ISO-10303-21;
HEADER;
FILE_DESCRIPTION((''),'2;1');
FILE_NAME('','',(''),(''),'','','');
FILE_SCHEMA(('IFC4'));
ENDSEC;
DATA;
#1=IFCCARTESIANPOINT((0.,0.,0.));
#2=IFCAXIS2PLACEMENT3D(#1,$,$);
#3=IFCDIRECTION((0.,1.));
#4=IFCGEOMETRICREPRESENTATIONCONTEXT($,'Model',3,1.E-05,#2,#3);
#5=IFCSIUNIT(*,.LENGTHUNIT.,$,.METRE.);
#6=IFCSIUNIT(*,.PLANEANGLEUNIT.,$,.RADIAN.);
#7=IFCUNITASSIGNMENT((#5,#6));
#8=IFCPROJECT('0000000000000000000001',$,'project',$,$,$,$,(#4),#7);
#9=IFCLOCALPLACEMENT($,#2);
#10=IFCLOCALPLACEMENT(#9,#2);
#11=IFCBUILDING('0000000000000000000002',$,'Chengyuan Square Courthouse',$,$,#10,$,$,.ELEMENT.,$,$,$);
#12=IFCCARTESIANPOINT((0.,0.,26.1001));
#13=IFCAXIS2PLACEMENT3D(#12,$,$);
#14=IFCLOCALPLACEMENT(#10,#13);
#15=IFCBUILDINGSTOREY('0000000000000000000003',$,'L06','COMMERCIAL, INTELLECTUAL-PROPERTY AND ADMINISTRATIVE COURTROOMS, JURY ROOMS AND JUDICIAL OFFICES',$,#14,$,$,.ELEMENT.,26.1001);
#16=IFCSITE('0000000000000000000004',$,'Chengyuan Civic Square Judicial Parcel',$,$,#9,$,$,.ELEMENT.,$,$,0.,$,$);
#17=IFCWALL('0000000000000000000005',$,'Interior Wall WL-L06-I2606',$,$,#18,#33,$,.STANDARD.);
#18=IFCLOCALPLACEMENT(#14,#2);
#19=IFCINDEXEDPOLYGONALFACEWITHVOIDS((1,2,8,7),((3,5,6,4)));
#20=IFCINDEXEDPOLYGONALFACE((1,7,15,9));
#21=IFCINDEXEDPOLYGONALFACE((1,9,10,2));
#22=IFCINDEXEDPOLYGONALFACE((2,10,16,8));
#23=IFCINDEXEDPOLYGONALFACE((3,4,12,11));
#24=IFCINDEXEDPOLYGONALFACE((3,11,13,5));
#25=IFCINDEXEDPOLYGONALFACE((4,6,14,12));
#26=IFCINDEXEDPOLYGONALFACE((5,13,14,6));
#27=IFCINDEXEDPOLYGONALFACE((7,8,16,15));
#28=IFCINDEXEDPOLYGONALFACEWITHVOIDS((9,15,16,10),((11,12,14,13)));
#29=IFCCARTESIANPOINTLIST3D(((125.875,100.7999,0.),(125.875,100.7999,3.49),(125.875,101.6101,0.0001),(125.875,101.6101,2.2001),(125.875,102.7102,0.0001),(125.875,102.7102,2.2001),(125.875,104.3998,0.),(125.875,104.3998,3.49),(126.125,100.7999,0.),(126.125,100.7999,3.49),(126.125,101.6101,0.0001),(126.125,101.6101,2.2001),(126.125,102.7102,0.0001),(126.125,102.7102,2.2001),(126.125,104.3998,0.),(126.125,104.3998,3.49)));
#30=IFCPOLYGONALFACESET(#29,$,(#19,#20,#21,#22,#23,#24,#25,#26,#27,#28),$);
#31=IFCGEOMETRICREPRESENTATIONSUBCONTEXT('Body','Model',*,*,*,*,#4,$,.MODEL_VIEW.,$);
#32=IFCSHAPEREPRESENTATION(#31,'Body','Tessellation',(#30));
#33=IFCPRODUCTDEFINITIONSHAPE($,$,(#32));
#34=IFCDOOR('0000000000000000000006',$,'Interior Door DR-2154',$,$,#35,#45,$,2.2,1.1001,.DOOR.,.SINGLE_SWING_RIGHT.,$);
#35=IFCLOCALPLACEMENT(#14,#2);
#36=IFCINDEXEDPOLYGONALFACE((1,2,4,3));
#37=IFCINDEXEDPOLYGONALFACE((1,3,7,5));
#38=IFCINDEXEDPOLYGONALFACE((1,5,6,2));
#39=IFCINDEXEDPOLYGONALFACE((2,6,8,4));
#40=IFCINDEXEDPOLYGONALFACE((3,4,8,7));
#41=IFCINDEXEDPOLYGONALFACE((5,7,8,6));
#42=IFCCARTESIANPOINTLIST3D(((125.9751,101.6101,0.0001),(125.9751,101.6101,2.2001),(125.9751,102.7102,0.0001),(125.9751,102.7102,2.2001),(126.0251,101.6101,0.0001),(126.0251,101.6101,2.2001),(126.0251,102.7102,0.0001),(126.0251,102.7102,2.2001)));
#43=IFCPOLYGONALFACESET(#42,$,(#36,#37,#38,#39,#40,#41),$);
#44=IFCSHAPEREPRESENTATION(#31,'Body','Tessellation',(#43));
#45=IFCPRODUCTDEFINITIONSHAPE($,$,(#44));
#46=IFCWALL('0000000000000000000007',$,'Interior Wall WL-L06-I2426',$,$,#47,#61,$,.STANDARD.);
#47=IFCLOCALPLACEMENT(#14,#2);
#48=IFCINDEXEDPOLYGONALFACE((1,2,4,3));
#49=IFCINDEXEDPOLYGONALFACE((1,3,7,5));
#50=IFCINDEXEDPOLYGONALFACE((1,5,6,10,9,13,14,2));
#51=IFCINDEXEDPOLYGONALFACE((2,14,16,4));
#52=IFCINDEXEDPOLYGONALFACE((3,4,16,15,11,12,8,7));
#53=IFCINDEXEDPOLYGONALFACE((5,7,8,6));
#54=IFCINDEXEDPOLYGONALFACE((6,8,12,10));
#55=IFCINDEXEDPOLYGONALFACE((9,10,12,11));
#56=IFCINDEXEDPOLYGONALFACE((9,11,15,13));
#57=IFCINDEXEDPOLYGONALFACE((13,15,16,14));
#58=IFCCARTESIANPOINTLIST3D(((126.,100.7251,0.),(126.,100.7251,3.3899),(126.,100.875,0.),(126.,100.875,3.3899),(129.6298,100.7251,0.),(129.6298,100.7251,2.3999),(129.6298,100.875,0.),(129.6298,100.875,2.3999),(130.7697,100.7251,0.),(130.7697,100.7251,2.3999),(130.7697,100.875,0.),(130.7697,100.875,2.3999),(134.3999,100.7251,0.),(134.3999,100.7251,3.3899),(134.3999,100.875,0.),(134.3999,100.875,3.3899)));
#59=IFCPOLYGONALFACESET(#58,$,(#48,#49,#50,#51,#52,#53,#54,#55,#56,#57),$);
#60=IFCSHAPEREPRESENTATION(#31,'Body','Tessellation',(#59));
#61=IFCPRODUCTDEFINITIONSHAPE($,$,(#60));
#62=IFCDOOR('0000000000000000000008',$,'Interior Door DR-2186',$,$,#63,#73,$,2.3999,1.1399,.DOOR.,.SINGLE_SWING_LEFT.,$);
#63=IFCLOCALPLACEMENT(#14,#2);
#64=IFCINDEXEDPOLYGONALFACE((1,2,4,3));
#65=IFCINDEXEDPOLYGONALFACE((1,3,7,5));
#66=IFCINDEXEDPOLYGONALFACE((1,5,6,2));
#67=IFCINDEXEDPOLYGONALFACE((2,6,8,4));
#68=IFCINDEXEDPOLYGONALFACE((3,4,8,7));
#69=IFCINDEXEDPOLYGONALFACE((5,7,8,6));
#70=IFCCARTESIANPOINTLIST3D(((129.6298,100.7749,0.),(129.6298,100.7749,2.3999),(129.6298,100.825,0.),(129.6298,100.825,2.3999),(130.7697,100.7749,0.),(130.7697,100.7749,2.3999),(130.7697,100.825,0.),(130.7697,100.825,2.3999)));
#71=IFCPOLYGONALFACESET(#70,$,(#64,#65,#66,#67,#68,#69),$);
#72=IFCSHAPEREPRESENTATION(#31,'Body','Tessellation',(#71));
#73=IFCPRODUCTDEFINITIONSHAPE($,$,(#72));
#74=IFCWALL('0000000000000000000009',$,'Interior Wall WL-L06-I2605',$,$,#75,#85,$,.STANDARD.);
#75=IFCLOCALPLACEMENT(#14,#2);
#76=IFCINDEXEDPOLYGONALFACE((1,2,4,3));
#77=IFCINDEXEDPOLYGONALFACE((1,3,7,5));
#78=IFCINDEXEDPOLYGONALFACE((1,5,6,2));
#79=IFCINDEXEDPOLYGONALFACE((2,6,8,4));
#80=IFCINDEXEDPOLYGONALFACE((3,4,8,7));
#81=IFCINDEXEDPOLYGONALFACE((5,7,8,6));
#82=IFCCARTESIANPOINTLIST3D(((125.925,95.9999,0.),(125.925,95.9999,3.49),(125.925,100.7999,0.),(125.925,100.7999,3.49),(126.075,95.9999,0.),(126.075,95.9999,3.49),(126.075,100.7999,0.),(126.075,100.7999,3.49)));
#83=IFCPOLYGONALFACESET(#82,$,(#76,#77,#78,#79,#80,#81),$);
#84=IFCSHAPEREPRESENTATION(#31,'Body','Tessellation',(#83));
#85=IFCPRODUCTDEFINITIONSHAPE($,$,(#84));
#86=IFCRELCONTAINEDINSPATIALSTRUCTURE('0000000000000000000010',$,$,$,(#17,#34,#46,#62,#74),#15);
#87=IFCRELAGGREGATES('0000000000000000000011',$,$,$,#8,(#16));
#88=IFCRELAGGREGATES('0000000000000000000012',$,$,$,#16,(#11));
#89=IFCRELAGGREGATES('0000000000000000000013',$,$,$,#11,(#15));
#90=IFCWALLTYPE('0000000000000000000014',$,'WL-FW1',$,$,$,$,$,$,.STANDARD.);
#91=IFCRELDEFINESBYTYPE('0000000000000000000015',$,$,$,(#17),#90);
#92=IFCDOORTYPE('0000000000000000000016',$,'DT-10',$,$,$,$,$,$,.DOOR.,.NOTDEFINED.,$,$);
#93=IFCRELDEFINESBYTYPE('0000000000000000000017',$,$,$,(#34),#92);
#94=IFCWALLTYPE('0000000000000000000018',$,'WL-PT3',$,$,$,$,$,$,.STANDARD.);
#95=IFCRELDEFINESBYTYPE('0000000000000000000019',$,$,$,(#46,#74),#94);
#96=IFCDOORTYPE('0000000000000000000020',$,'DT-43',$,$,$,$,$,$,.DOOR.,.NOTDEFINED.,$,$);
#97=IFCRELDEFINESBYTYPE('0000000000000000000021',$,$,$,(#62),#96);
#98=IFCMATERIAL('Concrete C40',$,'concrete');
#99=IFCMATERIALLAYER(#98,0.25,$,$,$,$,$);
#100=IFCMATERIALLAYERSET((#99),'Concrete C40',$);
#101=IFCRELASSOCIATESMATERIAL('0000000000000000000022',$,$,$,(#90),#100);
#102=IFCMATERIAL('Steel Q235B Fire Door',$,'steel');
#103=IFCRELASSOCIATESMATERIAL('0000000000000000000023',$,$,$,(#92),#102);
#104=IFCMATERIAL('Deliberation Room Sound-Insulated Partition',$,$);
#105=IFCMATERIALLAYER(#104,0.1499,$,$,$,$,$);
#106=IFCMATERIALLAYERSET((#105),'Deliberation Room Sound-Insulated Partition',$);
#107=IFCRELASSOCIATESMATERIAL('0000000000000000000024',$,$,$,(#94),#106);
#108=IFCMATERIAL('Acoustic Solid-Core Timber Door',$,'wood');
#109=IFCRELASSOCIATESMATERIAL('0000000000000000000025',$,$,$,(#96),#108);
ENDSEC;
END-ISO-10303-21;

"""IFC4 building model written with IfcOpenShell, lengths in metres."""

from ifc_helpers import new_model, si_unit, direction, frame, frame_2d, origin, place, context, subcontext, project, spatial, rectangle, extrude, material, layer, layer_set, type_object, element, fill, save


model = new_model("IFC4")

# Units and contexts
model_context = context("Model", 3, precision=1e-05, world=origin(), true_north=direction((0.0, 1.0)))
body_context = subcontext(model_context, "Body", "Model", "MODEL_VIEW")
ifc_project = project(units=[si_unit("LENGTHUNIT", "METRE"), si_unit("PLANEANGLEUNIT", "RADIAN")], contexts=[model_context])

# Site, building, storey
site_placement = place(None, origin())
site = spatial("IfcSite", under=ifc_project, at=site_placement, Name="Chengyuan Civic Square Judicial Parcel", CompositionType="ELEMENT", RefElevation=0.0)
building_placement = place(site_placement, origin())
building = spatial("IfcBuilding", under=site, at=building_placement, Name="Chengyuan Square Courthouse", CompositionType="ELEMENT")
storey_placement = place(building_placement, frame((0.0, 0.0, 26.1001)))
storey = spatial("IfcBuildingStorey", under=building, at=storey_placement, Name="L06", Description="COMMERCIAL, INTELLECTUAL-PROPERTY AND ADMINISTRATIVE COURTROOMS, JURY ROOMS AND JUDICIAL OFFICES", CompositionType="ELEMENT", Elevation=26.1001)

# Shared definitions
ifc_material_1 = material(Name="Concrete C40", Category="concrete")

# Walls, openings, doors
ifc_layer_1 = layer(ifc_material_1, 0.25)
ifc_layer_set_1 = layer_set([ifc_layer_1], Name="Concrete C40")
wall_type_1 = type_object("IfcWallType", Name="WL-FW1", PredefinedType="STANDARD", material=ifc_layer_set_1)
ifc_material_2 = material(Name="Steel Q235B Fire Door", Category="steel")
wall_1_placement = place(storey_placement, frame((126.0, 100.8, 0.0), z_axis=(0.0, 0.0, 1.0), x_axis=(0.0, 1.0, 0.0)))
wall_1 = element("IfcWall", 1, at=wall_1_placement, inside=storey, type_object=wall_type_1, Name="Interior Wall WL-L06-I2606", PredefinedType="STANDARD", context=body_context, shape_type="SweptSolid", body=[
    extrude(rectangle(XDim=3.5999, YDim=0.25, at=frame_2d((1.7998, 0.0))), origin(), (0.0, 0.0, 1.0), 3.49),
])
opening_1_placement = place(wall_1_placement, frame((0.8101, 0.0, 0.0)))
opening_1 = element("IfcOpeningElement", 2, at=opening_1_placement, cuts=wall_1, PredefinedType="OPENING", context=body_context, shape_type="SweptSolid", body=[
    extrude(rectangle(XDim=1.1001, YDim=2.2, at=frame_2d((0.55, 1.1001))), frame((0.0, 0.137, 0.0), z_axis=(0.0, -1.0, 0.0), x_axis=(1.0, 0.0, 0.0)), (0.0, 0.0, 1.0), 0.2739),
])
door_type_1 = type_object("IfcDoorType", Name="DT-10", OperationType="NOTDEFINED", PredefinedType="DOOR", material=ifc_material_2)
door_1_placement = place(opening_1_placement, origin())
door_1 = element("IfcDoor", 3, at=door_1_placement, inside=storey, type_object=door_type_1, Name="Interior Door DR-2154", OperationType="SINGLE_SWING_RIGHT", OverallHeight=2.2, OverallWidth=1.1001, PredefinedType="DOOR", context=body_context, shape_type="SweptSolid", body=[
    extrude(rectangle(XDim=1.1001, YDim=2.2, at=frame_2d((0.55, 1.1001))), frame((0.0, 0.0249, 0.0), z_axis=(0.0, -1.0, 0.0), x_axis=(1.0, 0.0, 0.0)), (0.0, 0.0, 1.0), 0.05),
])
fill(opening_1, door_1)
ifc_material_3 = material(Name="Deliberation Room Sound-Insulated Partition")
ifc_layer_2 = layer(ifc_material_3, 0.1499)
ifc_layer_set_2 = layer_set([ifc_layer_2], Name="Deliberation Room Sound-Insulated Partition")
wall_type_2 = type_object("IfcWallType", Name="WL-PT3", PredefinedType="STANDARD", material=ifc_layer_set_2)
wall_2_placement = place(storey_placement, frame((126.0, 100.8, 0.0), z_axis=(0.0, 0.0, 1.0), x_axis=(1.0, 0.0, 0.0)))
wall_2 = element("IfcWall", 4, at=wall_2_placement, inside=storey, type_object=wall_type_2, Name="Interior Wall WL-L06-I2426", PredefinedType="STANDARD", context=body_context, shape_type="SweptSolid", body=[
    extrude(rectangle(XDim=8.3999, YDim=0.1499, at=frame_2d((4.2, 0.0))), origin(), (0.0, 0.0, 1.0), 3.3899),
])
opening_2_placement = place(wall_2_placement, frame((3.6299, 0.0, 0.0)))
opening_2 = element("IfcOpeningElement", 5, at=opening_2_placement, cuts=wall_2, PredefinedType="OPENING", context=body_context, shape_type="SweptSolid", body=[
    extrude(rectangle(XDim=1.1399, YDim=2.3999, at=frame_2d((0.5698, 1.2))), frame((0.0, 0.0869, 0.0), z_axis=(0.0, -1.0, 0.0), x_axis=(1.0, 0.0, 0.0)), (0.0, 0.0, 1.0), 0.1738),
])
ifc_material_4 = material(Name="Acoustic Solid-Core Timber Door", Category="wood")
door_type_2 = type_object("IfcDoorType", Name="DT-43", OperationType="NOTDEFINED", PredefinedType="DOOR", material=ifc_material_4)
door_2_placement = place(opening_2_placement, origin())
door_2 = element("IfcDoor", 6, at=door_2_placement, inside=storey, type_object=door_type_2, Name="Interior Door DR-2186", OperationType="SINGLE_SWING_LEFT", OverallHeight=2.3999, OverallWidth=1.1399, PredefinedType="DOOR", context=body_context, shape_type="SweptSolid", body=[
    extrude(rectangle(XDim=1.1399, YDim=2.3999, at=frame_2d((0.5698, 1.2))), frame((0.0, 0.0249, 0.0), z_axis=(0.0, -1.0, 0.0), x_axis=(1.0, 0.0, 0.0)), (0.0, 0.0, 1.0), 0.05),
])
fill(opening_2, door_2)

# Wall
wall_3_placement = place(storey_placement, frame((126.0, 96.0, 0.0), z_axis=(0.0, 0.0, 1.0), x_axis=(0.0, 1.0, 0.0)))
element("IfcWall", 7, at=wall_3_placement, inside=storey, type_object=wall_type_2, Name="Interior Wall WL-L06-I2605", PredefinedType="STANDARD", context=body_context, shape_type="SweptSolid", body=[
    extrude(rectangle(XDim=4.8, YDim=0.1499, at=frame_2d((2.3999, 0.0))), origin(), (0.0, 0.0, 1.0), 3.49),
])

save(model, "model.ifc")
